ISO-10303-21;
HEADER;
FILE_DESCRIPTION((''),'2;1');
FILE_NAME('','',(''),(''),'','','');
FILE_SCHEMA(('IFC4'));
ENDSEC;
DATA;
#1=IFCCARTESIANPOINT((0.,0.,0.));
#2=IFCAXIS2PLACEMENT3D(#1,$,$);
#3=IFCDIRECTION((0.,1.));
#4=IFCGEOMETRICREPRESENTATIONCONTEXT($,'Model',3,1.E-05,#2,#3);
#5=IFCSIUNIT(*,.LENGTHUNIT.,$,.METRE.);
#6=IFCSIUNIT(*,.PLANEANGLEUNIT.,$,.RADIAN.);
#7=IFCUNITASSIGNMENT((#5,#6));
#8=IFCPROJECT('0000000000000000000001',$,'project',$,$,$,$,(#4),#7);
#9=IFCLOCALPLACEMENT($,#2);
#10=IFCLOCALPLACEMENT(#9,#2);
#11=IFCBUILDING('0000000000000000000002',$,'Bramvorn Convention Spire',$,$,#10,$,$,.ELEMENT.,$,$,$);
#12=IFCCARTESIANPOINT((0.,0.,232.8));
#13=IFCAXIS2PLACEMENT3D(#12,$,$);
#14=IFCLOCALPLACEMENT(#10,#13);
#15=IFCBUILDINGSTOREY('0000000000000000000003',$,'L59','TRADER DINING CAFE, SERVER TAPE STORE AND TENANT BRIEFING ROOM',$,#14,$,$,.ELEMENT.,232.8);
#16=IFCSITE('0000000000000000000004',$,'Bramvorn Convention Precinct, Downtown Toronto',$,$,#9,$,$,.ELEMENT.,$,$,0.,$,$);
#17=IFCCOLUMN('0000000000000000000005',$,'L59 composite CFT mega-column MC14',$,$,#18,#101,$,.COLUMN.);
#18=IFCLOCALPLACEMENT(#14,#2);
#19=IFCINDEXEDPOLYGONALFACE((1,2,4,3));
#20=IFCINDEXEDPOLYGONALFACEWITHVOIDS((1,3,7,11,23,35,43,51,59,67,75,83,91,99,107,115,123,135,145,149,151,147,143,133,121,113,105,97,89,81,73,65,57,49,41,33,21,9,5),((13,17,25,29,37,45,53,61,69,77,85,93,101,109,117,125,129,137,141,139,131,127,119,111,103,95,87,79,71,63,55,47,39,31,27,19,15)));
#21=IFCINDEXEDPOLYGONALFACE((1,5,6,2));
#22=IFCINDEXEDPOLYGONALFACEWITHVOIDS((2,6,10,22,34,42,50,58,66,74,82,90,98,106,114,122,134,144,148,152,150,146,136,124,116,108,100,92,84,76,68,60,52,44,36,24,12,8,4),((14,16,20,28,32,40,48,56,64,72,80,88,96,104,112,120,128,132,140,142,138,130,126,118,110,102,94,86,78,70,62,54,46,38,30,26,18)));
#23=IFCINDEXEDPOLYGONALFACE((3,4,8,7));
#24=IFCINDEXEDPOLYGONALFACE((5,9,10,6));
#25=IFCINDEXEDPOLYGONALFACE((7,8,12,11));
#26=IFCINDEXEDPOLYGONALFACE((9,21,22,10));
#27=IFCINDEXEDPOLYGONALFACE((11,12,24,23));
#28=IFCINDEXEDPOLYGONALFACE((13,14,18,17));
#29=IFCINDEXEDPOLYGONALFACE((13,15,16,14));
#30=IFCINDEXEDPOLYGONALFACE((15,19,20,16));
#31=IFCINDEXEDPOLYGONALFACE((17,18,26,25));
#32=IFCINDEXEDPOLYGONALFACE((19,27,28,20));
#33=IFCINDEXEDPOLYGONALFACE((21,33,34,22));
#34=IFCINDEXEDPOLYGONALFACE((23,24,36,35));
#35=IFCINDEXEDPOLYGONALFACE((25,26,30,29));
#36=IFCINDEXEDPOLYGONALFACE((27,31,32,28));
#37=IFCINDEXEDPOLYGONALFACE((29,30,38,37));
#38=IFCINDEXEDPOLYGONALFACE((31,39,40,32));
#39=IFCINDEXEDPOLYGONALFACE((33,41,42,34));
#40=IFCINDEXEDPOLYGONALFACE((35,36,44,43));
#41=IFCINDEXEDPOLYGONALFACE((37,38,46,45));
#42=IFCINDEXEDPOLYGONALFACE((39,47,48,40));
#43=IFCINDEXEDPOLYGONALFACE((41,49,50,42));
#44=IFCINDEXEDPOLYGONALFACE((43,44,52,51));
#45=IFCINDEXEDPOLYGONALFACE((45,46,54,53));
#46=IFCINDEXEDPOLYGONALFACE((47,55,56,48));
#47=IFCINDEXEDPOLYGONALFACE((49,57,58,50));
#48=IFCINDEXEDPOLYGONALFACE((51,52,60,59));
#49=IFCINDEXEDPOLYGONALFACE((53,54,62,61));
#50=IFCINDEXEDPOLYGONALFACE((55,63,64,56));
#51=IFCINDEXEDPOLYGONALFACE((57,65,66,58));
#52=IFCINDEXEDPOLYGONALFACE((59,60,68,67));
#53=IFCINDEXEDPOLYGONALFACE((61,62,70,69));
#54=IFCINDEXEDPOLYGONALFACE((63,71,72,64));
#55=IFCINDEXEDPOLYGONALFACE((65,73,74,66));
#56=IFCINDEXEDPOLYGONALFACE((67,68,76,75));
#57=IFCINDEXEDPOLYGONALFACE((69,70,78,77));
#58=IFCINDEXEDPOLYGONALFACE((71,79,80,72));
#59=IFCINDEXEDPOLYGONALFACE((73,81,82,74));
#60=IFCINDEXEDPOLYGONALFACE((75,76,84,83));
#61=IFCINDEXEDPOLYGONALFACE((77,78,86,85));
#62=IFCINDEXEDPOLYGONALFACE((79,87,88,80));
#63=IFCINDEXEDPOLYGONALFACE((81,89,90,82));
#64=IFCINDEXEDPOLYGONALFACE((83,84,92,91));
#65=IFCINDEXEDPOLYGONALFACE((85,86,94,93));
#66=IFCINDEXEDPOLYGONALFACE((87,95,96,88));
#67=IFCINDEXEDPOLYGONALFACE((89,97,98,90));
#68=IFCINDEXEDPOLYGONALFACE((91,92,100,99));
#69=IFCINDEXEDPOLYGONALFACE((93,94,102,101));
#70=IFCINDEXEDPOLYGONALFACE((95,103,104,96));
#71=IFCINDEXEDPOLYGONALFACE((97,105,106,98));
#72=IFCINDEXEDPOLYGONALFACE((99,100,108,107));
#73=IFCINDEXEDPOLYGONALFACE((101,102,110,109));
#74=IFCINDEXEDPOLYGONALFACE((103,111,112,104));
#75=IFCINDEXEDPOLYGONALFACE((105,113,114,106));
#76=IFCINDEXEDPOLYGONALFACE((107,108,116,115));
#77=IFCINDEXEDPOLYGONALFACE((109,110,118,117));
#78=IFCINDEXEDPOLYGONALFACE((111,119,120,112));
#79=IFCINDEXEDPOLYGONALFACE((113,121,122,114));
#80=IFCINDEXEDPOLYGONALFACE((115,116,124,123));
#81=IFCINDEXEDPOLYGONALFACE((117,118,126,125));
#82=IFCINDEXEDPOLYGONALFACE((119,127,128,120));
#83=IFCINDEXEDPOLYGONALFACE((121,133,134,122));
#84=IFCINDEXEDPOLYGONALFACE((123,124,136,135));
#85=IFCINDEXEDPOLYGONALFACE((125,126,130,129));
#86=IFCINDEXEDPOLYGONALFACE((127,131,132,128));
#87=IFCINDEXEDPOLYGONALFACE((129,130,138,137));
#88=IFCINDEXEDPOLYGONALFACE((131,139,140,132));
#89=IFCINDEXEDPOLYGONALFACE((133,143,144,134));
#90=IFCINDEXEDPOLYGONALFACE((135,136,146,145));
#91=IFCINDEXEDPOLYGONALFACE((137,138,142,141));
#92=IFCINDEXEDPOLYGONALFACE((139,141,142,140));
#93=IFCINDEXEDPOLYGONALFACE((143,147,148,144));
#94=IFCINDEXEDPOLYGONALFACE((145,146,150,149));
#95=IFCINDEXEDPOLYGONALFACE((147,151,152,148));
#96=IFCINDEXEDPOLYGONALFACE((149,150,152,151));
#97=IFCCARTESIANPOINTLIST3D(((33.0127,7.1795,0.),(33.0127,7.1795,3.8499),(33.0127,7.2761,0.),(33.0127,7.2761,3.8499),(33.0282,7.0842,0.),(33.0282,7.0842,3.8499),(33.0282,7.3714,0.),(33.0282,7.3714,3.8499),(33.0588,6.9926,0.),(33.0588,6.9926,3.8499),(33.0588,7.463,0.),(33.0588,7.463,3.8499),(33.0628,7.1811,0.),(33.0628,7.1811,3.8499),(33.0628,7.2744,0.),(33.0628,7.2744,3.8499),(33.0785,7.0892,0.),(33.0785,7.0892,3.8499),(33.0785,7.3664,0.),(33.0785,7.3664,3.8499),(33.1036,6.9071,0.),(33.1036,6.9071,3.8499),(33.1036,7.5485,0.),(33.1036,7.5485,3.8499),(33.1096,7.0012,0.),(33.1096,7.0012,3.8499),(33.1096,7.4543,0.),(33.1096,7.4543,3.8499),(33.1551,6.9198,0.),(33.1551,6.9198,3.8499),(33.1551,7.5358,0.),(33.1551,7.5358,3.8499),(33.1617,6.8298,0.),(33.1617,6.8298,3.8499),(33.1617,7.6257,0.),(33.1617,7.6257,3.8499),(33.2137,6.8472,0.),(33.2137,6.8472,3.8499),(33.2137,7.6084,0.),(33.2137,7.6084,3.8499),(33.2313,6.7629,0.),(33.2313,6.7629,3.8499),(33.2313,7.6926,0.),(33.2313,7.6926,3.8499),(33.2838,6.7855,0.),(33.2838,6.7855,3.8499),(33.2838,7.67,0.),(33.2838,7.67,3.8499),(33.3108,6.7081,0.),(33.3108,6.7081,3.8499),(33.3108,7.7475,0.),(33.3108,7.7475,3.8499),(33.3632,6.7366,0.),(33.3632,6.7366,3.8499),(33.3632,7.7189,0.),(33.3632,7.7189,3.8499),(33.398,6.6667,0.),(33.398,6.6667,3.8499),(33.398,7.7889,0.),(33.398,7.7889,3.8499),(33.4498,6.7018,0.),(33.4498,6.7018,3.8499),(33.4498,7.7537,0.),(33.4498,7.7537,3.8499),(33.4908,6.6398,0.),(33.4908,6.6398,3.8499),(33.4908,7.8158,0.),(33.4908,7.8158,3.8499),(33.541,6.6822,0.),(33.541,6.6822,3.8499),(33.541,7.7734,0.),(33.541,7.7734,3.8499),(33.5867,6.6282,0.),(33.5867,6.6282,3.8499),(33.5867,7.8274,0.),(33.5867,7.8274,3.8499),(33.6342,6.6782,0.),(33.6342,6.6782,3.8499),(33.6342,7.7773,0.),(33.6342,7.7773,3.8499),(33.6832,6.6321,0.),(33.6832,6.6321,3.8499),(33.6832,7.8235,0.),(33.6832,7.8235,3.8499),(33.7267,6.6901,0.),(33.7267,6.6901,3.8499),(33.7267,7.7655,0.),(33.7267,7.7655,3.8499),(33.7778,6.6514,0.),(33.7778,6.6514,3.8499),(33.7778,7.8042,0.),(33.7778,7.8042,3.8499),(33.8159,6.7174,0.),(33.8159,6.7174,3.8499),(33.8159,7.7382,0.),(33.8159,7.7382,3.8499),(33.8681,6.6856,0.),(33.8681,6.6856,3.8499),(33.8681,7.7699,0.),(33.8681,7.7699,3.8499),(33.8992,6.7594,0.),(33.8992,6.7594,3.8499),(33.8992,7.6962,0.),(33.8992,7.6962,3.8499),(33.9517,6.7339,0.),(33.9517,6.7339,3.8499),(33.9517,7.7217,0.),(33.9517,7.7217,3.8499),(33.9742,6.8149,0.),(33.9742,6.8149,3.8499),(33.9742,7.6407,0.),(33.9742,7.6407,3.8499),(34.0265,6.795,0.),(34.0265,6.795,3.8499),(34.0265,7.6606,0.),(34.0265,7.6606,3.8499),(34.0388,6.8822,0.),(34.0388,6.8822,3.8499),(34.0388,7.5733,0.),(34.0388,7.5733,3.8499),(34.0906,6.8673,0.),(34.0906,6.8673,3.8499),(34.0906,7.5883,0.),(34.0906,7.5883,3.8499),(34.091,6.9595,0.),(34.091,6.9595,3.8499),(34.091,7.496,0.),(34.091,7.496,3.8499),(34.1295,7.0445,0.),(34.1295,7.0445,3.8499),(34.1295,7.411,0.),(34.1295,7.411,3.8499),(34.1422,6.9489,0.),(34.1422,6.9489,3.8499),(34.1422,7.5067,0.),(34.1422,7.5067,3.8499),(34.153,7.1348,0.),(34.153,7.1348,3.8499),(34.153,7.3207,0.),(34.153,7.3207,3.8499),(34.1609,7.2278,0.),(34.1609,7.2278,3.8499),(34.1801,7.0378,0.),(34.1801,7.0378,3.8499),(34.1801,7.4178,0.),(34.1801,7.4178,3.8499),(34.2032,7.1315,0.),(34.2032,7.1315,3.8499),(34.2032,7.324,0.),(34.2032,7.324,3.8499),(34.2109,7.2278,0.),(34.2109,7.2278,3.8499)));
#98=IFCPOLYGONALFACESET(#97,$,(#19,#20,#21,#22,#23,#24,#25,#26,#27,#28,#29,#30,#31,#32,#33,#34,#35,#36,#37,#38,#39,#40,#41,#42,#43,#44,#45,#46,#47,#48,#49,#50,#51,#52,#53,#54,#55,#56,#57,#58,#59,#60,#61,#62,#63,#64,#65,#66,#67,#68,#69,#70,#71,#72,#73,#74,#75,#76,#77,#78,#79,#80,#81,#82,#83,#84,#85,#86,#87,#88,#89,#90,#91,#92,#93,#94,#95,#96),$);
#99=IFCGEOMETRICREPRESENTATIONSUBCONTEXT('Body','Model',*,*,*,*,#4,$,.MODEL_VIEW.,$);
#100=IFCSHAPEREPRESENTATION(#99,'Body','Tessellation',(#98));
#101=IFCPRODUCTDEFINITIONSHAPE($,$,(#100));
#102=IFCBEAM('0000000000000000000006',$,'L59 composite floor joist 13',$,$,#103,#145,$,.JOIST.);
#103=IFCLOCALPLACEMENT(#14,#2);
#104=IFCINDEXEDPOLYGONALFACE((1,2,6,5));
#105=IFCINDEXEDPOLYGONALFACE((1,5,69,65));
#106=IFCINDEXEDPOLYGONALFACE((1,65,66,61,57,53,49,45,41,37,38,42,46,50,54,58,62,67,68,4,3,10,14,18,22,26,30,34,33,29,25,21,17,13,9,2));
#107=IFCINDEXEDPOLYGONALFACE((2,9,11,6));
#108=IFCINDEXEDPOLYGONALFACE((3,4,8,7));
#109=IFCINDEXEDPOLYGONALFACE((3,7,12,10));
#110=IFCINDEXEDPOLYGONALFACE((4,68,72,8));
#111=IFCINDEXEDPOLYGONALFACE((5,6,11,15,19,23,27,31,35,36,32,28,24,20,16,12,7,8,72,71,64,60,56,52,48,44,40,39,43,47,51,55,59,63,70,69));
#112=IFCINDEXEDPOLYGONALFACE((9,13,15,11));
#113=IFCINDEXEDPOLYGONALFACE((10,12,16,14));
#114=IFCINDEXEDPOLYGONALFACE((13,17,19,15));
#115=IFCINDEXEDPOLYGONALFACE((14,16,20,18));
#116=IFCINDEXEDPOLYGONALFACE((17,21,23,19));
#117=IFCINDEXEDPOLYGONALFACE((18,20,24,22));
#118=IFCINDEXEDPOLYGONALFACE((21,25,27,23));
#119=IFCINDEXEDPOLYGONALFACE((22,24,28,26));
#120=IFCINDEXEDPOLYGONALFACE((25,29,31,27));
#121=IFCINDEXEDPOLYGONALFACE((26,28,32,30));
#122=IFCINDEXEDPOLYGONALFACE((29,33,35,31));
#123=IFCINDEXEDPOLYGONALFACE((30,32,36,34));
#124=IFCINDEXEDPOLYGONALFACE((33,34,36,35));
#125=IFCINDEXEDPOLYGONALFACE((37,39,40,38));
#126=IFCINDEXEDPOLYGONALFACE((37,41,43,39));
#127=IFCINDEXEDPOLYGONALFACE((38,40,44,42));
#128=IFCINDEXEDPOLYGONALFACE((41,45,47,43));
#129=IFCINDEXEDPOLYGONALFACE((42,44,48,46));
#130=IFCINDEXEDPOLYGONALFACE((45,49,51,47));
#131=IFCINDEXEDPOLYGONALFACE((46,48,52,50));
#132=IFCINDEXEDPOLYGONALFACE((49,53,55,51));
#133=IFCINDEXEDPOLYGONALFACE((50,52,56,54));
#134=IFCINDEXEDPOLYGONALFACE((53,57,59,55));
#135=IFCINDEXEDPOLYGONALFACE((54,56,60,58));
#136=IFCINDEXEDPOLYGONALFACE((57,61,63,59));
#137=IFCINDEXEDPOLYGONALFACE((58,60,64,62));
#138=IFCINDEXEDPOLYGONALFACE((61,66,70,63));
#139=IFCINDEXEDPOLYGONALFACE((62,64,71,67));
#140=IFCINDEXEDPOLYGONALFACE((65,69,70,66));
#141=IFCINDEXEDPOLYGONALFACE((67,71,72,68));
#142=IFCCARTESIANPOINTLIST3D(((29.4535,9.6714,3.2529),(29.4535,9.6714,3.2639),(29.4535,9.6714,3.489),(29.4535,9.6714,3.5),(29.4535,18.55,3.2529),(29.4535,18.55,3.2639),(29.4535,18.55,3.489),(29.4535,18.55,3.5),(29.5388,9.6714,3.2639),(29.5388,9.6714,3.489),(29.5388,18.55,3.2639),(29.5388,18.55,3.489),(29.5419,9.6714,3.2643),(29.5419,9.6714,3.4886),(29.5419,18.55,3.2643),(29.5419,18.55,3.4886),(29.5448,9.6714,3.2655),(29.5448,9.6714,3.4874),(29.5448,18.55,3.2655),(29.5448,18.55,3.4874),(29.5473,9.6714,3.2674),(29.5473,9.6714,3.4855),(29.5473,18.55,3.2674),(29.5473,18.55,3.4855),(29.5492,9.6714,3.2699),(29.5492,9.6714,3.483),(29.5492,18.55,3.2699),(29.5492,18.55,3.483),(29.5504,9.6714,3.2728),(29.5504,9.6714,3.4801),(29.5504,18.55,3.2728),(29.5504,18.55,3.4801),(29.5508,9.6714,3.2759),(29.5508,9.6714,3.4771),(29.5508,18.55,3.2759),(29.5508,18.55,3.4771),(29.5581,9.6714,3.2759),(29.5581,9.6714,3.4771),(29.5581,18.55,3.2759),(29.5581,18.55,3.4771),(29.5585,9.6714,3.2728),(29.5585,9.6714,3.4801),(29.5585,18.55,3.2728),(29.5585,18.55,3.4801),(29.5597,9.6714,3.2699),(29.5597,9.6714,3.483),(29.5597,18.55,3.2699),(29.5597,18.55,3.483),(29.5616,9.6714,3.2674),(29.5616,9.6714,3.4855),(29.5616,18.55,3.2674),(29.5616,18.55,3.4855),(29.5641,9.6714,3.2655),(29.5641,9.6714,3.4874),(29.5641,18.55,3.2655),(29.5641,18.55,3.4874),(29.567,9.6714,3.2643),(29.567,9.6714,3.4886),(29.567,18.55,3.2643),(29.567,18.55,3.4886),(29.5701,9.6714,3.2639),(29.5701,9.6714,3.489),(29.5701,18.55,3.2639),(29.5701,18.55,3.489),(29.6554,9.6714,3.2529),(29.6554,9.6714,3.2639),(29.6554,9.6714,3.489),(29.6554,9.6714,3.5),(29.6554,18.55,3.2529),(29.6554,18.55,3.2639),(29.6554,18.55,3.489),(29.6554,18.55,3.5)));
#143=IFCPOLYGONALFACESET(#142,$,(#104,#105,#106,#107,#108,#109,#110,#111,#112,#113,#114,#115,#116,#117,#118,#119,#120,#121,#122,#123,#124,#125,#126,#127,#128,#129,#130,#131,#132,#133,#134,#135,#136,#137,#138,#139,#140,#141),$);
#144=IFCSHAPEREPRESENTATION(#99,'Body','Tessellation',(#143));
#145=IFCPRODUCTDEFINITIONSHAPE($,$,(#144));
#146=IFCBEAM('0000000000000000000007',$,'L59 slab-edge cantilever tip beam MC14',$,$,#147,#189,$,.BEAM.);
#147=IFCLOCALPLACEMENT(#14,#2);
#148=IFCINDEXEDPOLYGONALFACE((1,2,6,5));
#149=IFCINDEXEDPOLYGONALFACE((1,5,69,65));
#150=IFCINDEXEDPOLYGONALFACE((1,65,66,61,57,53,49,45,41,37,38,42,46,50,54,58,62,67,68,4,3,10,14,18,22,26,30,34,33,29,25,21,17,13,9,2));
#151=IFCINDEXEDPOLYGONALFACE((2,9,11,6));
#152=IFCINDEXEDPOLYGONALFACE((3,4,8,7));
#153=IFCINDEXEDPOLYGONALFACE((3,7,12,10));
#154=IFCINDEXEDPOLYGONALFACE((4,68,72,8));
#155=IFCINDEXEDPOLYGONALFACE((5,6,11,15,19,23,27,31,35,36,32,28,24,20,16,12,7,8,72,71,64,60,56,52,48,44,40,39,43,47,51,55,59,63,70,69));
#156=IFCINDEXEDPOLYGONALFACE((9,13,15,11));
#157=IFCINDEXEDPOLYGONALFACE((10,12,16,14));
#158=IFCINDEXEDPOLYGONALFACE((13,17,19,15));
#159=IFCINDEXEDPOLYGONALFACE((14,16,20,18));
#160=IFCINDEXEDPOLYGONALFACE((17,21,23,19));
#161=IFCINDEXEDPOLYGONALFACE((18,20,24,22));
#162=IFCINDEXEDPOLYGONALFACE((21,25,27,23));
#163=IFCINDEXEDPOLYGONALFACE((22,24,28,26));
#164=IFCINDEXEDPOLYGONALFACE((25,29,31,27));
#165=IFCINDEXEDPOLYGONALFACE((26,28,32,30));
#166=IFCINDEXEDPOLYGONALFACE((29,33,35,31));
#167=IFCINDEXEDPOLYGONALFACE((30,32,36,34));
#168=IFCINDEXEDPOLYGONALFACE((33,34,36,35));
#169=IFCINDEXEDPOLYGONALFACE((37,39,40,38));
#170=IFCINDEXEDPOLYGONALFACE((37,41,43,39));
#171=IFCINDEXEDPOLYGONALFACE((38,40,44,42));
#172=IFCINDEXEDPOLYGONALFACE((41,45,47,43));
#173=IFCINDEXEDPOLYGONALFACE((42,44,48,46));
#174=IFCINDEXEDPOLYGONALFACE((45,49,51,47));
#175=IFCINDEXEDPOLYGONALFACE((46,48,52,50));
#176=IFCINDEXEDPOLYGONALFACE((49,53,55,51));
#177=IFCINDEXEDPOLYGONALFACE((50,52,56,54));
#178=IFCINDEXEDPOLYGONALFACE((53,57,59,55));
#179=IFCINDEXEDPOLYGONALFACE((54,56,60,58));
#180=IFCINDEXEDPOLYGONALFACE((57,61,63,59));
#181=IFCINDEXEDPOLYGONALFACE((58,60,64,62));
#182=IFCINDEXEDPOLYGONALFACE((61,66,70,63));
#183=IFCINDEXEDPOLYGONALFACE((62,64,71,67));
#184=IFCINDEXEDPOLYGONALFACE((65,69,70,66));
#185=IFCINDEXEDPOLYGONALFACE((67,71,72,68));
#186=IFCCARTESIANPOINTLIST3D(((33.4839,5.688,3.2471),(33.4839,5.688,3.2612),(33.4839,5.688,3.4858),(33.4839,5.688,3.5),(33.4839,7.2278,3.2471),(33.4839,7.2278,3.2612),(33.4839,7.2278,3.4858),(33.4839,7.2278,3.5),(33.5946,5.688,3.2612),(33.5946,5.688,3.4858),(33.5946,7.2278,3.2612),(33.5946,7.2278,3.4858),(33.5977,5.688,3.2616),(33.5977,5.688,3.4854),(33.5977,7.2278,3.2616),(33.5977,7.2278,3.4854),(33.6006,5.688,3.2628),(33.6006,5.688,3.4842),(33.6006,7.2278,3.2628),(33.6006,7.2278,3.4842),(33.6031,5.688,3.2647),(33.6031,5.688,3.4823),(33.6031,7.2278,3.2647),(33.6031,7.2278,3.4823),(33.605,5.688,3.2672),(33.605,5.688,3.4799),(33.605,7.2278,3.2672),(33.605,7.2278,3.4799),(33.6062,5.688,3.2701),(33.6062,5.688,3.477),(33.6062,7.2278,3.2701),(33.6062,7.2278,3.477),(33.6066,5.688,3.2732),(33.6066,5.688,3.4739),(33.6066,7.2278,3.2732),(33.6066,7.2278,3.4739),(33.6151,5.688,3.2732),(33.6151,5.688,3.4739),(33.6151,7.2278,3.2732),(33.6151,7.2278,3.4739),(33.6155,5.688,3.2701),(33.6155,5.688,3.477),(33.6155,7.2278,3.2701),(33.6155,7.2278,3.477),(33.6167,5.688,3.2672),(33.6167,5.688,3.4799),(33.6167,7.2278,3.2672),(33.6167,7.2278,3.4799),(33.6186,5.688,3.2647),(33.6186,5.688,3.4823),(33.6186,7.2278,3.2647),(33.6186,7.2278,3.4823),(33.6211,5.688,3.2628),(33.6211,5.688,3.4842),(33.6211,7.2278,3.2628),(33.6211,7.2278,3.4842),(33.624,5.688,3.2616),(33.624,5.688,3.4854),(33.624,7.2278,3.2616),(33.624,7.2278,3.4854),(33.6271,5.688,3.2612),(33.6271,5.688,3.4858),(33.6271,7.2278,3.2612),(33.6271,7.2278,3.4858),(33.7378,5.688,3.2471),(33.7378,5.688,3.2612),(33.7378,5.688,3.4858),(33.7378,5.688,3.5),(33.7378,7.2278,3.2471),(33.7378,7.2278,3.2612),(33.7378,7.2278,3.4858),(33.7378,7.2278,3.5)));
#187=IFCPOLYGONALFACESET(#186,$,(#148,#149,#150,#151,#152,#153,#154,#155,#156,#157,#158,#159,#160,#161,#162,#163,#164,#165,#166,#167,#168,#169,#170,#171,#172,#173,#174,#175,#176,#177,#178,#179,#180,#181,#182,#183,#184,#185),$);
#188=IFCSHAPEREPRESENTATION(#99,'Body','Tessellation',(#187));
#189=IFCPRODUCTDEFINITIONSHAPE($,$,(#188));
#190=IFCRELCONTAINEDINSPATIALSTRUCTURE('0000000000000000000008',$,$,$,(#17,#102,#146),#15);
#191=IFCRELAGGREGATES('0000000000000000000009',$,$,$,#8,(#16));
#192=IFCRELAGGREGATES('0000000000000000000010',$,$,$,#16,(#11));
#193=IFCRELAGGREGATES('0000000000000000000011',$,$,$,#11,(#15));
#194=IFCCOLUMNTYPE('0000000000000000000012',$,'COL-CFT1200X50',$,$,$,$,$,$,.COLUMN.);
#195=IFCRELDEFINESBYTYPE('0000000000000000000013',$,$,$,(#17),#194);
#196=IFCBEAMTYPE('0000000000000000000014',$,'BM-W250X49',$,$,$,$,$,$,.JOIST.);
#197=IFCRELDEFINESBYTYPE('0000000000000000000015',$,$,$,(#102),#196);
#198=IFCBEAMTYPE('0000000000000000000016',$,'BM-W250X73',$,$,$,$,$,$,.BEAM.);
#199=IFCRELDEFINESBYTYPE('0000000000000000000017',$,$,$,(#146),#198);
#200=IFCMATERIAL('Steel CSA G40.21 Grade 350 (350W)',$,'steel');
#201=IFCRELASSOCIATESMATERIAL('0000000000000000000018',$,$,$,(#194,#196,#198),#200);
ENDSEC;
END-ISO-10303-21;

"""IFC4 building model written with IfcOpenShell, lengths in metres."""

from ifc_helpers import new_model, si_unit, direction, frame, origin, origin_2d, place, context, subcontext, project, spatial, hollow_circle, i_section, extrude, material, material_profile, profile_set, type_object, element, save


model = new_model("IFC4")

# Units and contexts
model_context = context("Model", 3, precision=1e-05, world=origin(), true_north=direction((0.0, 1.0)))
body_context = subcontext(model_context, "Body", "Model", "MODEL_VIEW")
ifc_project = project(units=[si_unit("LENGTHUNIT", "METRE"), si_unit("PLANEANGLEUNIT", "RADIAN")], contexts=[model_context])

# Site, building, storey
site_placement = place(None, origin())
site = spatial("IfcSite", under=ifc_project, at=site_placement, Name="Bramvorn Convention Precinct, Downtown Toronto", CompositionType="ELEMENT", RefElevation=0.0)
building_placement = place(site_placement, origin())
building = spatial("IfcBuilding", under=site, at=building_placement, Name="Bramvorn Convention Spire", CompositionType="ELEMENT")
storey_placement = place(building_placement, frame((0.0, 0.0, 232.8)))
storey = spatial("IfcBuildingStorey", under=building, at=storey_placement, Name="L59", Description="TRADER DINING CAFE, SERVER TAPE STORE AND TENANT BRIEFING ROOM", CompositionType="ELEMENT", Elevation=232.8)

# Column
ifc_material_1 = material(Name="Steel CSA G40.21 Grade 350 (350W)", Category="steel")
ifc_material_profile_1 = material_profile(ifc_material_1, hollow_circle(Radius=0.6001, WallThickness=0.05, at=origin_2d()))
ifc_profile_set_1 = profile_set([ifc_material_profile_1], Name="Steel CSA G40.21 Grade 350 (350W) - CFT1200X50")
column_type = type_object("IfcColumnType", Name="COL-CFT1200X50", PredefinedType="COLUMN", material=ifc_profile_set_1)
column_placement = place(storey_placement, frame((33.6108, 7.2278, 0.0), z_axis=(0.0, 0.0, 1.0), x_axis=(1.0, 0.0, 0.0)))
element("IfcColumn", 1, at=column_placement, inside=storey, type_object=column_type, Name="L59 composite CFT mega-column MC14", PredefinedType="COLUMN", context=body_context, shape_type="SweptSolid", body=[
    extrude(hollow_circle(Radius=0.6001, WallThickness=0.05, at=origin_2d()), origin(), (0.0, 0.0, 1.0), 3.8499),
])

# Beams
ifc_material_profile_2 = material_profile(ifc_material_1, i_section(OverallWidth=0.2019, OverallDepth=0.2471, WebThickness=0.0073, FlangeThickness=0.011, FilletRadius=0.012, at=origin_2d()))
ifc_profile_set_2 = profile_set([ifc_material_profile_2], Name="Steel CSA G40.21 Grade 350 (350W) - W250X49")
beam_type_1 = type_object("IfcBeamType", Name="BM-W250X49", PredefinedType="JOIST", material=ifc_profile_set_2)
beam_1_placement = place(storey_placement, frame((29.5544, 18.55, 3.3765), z_axis=(0.0, -1.0, 0.0), x_axis=(1.0, 0.0, 0.0)))
element("IfcBeam", 2, at=beam_1_placement, inside=storey, type_object=beam_type_1, Name="L59 composite floor joist 13", PredefinedType="JOIST", context=body_context, shape_type="SweptSolid", body=[
    extrude(i_section(OverallWidth=0.2019, OverallDepth=0.2471, WebThickness=0.0073, FlangeThickness=0.011, FilletRadius=0.012, at=origin_2d()), origin(), (0.0, 0.0, 1.0), 8.8787),
])
ifc_material_profile_3 = material_profile(ifc_material_1, i_section(OverallWidth=0.2539, OverallDepth=0.2529, WebThickness=0.0085, FlangeThickness=0.0142, FilletRadius=0.012, at=origin_2d()))
ifc_profile_set_3 = profile_set([ifc_material_profile_3], Name="Steel CSA G40.21 Grade 350 (350W) - W250X73")
beam_type_2 = type_object("IfcBeamType", Name="BM-W250X73", PredefinedType="BEAM", material=ifc_profile_set_3)
beam_2_placement = place(storey_placement, frame((33.6108, 7.2278, 3.3735), z_axis=(0.0, -1.0, 0.0), x_axis=(1.0, 0.0, 0.0)))
element("IfcBeam", 3, at=beam_2_placement, inside=storey, type_object=beam_type_2, Name="L59 slab-edge cantilever tip beam MC14", PredefinedType="BEAM", context=body_context, shape_type="SweptSolid", body=[
    extrude(i_section(OverallWidth=0.2539, OverallDepth=0.2529, WebThickness=0.0085, FlangeThickness=0.0142, FilletRadius=0.012, at=origin_2d()), origin(), (0.0, 0.0, 1.0), 1.5398),
])

save(model, "model.ifc")
